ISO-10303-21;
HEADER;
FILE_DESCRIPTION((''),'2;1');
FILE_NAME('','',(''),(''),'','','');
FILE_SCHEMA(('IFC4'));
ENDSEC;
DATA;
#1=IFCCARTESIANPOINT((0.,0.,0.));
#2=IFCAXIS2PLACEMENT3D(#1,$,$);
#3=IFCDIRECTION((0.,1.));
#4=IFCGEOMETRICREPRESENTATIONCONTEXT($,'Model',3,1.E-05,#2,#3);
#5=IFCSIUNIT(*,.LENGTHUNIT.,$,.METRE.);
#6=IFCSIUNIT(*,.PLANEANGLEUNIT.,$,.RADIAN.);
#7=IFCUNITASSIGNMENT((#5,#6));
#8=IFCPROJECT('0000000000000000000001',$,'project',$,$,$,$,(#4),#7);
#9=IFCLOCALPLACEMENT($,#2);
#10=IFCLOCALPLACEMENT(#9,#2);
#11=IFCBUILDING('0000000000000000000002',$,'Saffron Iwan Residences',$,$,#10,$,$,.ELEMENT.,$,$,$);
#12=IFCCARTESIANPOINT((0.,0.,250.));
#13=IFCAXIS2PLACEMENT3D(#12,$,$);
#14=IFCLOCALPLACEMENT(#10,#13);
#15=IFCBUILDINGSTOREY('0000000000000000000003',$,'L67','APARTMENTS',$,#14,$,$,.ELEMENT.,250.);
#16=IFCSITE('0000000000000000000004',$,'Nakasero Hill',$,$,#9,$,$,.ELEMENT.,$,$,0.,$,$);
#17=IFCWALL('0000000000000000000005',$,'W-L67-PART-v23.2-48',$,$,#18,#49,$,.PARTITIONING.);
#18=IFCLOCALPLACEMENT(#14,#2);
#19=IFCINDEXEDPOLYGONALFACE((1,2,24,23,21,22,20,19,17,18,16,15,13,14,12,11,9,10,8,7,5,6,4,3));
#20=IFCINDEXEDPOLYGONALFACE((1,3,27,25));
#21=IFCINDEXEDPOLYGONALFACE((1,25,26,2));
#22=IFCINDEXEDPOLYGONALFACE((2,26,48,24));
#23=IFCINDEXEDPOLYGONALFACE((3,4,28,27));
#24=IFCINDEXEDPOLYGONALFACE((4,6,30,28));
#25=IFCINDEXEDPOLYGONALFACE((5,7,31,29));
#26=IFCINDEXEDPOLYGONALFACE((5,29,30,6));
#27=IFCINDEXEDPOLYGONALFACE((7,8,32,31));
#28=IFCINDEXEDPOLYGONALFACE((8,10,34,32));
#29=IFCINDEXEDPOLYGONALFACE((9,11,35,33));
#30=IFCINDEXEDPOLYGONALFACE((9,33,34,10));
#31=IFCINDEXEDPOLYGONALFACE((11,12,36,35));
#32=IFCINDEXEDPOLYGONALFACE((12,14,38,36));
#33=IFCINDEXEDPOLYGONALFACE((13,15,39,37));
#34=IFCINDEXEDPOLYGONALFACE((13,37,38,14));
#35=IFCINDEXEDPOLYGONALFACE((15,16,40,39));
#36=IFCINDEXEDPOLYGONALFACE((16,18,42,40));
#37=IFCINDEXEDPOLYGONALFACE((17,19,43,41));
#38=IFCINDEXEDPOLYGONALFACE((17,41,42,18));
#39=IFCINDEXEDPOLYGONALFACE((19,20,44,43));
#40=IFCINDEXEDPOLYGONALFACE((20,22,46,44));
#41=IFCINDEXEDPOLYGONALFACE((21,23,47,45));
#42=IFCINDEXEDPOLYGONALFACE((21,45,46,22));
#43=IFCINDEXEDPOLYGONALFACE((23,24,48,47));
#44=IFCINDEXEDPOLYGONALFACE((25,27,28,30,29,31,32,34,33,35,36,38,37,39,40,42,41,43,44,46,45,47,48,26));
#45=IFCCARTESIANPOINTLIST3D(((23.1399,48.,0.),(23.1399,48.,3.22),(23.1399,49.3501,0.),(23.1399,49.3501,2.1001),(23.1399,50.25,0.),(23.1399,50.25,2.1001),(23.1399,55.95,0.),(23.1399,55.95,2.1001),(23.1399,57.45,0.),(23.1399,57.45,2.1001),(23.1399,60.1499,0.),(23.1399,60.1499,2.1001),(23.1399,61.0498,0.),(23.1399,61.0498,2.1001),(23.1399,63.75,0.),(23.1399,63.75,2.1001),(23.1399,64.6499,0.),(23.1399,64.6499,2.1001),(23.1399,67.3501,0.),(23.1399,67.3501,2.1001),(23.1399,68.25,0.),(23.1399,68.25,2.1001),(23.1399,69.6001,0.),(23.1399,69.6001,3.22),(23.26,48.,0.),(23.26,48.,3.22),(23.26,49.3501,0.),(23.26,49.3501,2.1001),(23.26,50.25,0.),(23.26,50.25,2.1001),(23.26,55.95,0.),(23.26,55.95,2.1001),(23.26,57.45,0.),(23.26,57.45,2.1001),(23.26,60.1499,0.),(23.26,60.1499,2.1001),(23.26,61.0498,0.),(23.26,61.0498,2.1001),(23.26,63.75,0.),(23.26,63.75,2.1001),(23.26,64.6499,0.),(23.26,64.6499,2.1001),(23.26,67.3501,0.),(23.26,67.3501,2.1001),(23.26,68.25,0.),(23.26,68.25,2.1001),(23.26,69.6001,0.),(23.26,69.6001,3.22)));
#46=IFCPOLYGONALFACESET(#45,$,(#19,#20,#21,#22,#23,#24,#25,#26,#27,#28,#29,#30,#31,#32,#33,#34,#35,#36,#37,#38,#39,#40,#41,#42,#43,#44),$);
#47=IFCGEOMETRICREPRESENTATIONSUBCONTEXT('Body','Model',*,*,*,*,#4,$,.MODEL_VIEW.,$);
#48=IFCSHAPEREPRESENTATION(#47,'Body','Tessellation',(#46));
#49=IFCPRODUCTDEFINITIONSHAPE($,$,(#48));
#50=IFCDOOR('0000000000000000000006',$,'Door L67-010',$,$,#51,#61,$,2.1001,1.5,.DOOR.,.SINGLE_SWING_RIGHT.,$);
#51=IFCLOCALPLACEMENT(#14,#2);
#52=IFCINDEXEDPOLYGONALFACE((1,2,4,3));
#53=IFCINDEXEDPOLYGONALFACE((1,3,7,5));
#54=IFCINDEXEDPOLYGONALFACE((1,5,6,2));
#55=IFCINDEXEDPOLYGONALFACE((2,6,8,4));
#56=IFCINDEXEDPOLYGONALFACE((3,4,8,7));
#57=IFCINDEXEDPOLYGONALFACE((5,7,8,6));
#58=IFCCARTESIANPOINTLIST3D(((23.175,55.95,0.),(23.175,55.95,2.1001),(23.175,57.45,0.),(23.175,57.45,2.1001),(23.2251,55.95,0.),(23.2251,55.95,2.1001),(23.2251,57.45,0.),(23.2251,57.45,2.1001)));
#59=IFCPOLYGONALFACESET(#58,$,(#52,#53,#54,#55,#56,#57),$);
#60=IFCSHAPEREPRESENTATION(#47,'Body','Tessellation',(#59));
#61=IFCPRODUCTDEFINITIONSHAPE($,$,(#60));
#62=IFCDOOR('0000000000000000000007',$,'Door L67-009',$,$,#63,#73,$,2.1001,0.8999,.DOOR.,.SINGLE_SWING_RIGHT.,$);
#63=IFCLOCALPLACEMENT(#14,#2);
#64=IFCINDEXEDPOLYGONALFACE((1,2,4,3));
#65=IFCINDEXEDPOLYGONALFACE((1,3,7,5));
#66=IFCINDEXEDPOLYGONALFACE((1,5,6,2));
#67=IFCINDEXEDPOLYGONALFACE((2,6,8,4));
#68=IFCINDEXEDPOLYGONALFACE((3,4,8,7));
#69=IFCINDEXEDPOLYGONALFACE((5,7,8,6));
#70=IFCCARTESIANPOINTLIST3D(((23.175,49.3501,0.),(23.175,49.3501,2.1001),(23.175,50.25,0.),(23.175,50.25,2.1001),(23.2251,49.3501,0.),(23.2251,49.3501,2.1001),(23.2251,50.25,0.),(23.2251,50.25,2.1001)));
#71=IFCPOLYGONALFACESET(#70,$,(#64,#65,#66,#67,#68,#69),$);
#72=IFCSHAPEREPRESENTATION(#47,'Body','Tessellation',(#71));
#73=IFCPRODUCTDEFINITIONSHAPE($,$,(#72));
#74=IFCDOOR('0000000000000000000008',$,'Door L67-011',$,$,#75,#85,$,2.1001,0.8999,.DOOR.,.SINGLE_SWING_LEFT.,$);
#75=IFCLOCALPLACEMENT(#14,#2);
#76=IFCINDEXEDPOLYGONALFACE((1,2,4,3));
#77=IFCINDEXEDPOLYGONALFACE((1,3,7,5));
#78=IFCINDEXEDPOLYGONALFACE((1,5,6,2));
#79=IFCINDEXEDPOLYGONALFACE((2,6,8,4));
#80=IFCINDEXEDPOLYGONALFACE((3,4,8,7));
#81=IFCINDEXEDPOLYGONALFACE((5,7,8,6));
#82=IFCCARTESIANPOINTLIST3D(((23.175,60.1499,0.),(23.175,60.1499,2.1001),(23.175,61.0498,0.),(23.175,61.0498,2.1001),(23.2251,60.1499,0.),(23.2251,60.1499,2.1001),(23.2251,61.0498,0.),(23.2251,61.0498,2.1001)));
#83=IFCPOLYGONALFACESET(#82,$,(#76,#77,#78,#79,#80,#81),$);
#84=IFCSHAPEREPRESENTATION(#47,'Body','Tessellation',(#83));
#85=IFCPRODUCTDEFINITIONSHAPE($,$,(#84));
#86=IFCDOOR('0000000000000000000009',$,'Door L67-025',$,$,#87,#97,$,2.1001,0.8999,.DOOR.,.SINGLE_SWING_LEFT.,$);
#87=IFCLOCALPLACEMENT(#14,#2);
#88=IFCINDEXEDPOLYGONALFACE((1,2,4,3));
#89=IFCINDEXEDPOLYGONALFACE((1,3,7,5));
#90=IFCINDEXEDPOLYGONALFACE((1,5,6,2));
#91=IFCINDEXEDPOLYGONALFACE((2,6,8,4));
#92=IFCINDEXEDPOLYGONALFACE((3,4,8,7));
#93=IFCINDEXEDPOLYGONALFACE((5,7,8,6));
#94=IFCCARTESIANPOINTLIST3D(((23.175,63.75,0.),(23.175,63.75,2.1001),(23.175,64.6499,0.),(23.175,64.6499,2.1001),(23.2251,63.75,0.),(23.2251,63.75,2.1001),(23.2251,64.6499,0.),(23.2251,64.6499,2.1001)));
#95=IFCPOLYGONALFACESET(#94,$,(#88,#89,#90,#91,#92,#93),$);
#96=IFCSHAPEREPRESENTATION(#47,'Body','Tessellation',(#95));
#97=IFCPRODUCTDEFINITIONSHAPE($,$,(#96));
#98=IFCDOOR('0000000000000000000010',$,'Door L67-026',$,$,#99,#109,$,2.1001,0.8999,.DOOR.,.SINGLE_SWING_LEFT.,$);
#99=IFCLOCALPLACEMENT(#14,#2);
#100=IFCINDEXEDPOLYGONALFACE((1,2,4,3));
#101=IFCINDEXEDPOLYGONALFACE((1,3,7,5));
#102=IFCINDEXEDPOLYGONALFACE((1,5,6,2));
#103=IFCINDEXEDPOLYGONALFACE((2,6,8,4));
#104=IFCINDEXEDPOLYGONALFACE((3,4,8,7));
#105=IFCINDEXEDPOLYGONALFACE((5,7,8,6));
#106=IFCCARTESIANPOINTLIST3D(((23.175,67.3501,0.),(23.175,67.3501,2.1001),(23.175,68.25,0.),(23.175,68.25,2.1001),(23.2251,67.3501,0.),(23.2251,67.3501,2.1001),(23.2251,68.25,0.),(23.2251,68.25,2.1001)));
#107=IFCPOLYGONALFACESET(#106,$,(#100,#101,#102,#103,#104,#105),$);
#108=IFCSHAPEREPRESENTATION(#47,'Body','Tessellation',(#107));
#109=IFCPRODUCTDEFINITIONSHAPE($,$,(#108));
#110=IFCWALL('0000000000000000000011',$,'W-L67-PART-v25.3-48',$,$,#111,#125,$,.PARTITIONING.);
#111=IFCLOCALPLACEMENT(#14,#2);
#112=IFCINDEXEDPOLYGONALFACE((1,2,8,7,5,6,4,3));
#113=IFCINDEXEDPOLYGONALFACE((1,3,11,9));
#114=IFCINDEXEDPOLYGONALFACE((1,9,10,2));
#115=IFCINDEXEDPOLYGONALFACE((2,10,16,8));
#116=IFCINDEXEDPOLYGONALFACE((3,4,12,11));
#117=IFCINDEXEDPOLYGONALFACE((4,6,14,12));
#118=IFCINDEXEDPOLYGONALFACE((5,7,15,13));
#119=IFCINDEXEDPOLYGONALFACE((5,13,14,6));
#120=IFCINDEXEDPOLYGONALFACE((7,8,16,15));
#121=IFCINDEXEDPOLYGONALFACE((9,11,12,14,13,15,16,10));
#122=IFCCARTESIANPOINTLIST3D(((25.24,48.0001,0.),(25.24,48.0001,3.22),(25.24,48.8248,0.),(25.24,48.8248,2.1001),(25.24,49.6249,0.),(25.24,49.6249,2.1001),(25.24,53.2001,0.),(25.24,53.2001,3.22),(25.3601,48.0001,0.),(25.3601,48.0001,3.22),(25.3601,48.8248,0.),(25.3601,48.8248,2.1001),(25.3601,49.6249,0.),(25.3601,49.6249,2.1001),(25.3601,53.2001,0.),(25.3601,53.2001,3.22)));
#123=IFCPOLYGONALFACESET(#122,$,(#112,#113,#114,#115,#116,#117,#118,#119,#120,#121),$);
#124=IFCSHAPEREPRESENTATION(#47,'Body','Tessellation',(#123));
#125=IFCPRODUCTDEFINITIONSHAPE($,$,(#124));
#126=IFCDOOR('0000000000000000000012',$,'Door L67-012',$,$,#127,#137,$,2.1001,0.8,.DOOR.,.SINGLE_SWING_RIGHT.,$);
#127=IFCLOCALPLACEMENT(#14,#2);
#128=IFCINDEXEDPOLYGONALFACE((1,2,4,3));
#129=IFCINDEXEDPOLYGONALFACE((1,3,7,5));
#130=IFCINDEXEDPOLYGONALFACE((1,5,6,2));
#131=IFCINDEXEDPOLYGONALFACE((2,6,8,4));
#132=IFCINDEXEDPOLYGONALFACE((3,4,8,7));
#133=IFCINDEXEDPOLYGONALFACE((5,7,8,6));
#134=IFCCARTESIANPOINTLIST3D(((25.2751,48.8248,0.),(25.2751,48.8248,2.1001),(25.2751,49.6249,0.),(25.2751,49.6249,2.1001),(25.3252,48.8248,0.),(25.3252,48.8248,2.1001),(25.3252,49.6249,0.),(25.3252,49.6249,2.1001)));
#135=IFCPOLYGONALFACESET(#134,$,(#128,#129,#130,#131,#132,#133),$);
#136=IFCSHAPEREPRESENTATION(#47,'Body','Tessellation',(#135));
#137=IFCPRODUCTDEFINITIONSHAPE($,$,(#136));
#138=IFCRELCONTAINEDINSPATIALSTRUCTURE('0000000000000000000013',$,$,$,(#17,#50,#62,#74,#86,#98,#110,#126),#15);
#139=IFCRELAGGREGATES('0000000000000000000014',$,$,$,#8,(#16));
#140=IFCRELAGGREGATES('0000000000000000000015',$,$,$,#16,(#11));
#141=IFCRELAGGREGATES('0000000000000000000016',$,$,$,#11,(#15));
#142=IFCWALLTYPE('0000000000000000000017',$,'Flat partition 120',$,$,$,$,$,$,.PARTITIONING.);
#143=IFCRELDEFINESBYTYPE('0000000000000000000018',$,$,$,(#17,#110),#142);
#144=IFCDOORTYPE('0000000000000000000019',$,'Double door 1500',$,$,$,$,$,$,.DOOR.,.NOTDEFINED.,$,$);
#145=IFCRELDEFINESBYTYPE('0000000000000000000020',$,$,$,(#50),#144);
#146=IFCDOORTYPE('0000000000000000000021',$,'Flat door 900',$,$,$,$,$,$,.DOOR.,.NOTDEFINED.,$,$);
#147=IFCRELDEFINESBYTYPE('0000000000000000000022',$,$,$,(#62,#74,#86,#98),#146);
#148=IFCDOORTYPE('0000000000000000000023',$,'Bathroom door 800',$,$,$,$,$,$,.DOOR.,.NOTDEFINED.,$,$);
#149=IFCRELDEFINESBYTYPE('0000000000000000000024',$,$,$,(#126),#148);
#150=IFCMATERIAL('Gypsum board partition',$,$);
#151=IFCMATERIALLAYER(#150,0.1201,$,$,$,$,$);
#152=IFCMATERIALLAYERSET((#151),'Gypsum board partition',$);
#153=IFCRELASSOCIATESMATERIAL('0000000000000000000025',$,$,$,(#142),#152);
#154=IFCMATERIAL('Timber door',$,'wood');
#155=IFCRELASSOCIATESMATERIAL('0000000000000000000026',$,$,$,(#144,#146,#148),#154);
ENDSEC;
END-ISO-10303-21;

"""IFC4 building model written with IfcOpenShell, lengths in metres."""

from ifc_helpers import new_model, si_unit, direction, frame, frame_2d, origin, place, context, subcontext, project, spatial, rectangle, extrude, material, layer, layer_set, type_object, element, fill, save


model = new_model("IFC4")

# Units and contexts
model_context = context("Model", 3, precision=1e-05, world=origin(), true_north=direction((0.0, 1.0)))
body_context = subcontext(model_context, "Body", "Model", "MODEL_VIEW")
ifc_project = project(units=[si_unit("LENGTHUNIT", "METRE"), si_unit("PLANEANGLEUNIT", "RADIAN")], contexts=[model_context])

# Site, building, storey
site_placement = place(None, origin())
site = spatial("IfcSite", under=ifc_project, at=site_placement, Name="Nakasero Hill", CompositionType="ELEMENT", RefElevation=0.0)
building_placement = place(site_placement, origin())
building = spatial("IfcBuilding", under=site, at=building_placement, Name="Saffron Iwan Residences", CompositionType="ELEMENT")
storey_placement = place(building_placement, frame((0.0, 0.0, 250.0)))
storey = spatial("IfcBuildingStorey", under=building, at=storey_placement, Name="L67", Description="APARTMENTS", CompositionType="ELEMENT", Elevation=250.0)

# Shared definitions
ifc_material_1 = material(Name="Gypsum board partition")
ifc_layer_1 = layer(ifc_material_1, 0.1201)
ifc_layer_set_1 = layer_set([ifc_layer_1], Name="Gypsum board partition")
wall_type_1 = type_object("IfcWallType", Name="Flat partition 120", PredefinedType="PARTITIONING", material=ifc_layer_set_1)

# Wall, openings, doors
wall_1_placement = place(storey_placement, frame((23.2, 48.0, 0.0), z_axis=(0.0, 0.0, 1.0), x_axis=(0.0, 1.0, 0.0)))
wall_1 = element("IfcWall", 1, at=wall_1_placement, inside=storey, type_object=wall_type_1, Name="W-L67-PART-v23.2-48", PredefinedType="PARTITIONING", context=body_context, shape_type="SweptSolid", body=[
    extrude(rectangle(XDim=21.6001, YDim=0.1201, at=frame_2d((10.8, 0.0))), origin(), (0.0, 0.0, 1.0), 3.22),
])
opening_1_placement = place(wall_1_placement, frame((1.3501, 0.0, 0.0)))
opening_1 = element("IfcOpeningElement", 2, at=opening_1_placement, cuts=wall_1, PredefinedType="OPENING", context=body_context, shape_type="SweptSolid", body=[
    extrude(rectangle(XDim=0.8999, YDim=2.1001, at=frame_2d((0.45, 1.05))), frame((0.0, 0.0701, 0.0), z_axis=(0.0, -1.0, 0.0), x_axis=(1.0, 0.0, 0.0)), (0.0, 0.0, 1.0), 0.1401),
])
opening_2_placement = place(wall_1_placement, frame((7.95, 0.0, 0.0)))
opening_2 = element("IfcOpeningElement", 3, at=opening_2_placement, cuts=wall_1, PredefinedType="OPENING", context=body_context, shape_type="SweptSolid", body=[
    extrude(rectangle(XDim=1.5, YDim=2.1001, at=frame_2d((0.75, 1.05))), frame((0.0, 0.0701, 0.0), z_axis=(0.0, -1.0, 0.0), x_axis=(1.0, 0.0, 0.0)), (0.0, 0.0, 1.0), 0.1401),
])
opening_3_placement = place(wall_1_placement, frame((12.1499, 0.0, 0.0)))
opening_3 = element("IfcOpeningElement", 4, at=opening_3_placement, cuts=wall_1, PredefinedType="OPENING", context=body_context, shape_type="SweptSolid", body=[
    extrude(rectangle(XDim=0.8999, YDim=2.1001, at=frame_2d((0.45, 1.05))), frame((0.0, 0.0701, 0.0), z_axis=(0.0, -1.0, 0.0), x_axis=(1.0, 0.0, 0.0)), (0.0, 0.0, 1.0), 0.1401),
])
opening_4_placement = place(wall_1_placement, frame((15.75, 0.0, 0.0)))
opening_4 = element("IfcOpeningElement", 5, at=opening_4_placement, cuts=wall_1, PredefinedType="OPENING", context=body_context, shape_type="SweptSolid", body=[
    extrude(rectangle(XDim=0.8999, YDim=2.1001, at=frame_2d((0.45, 1.05))), frame((0.0, 0.0701, 0.0), z_axis=(0.0, -1.0, 0.0), x_axis=(1.0, 0.0, 0.0)), (0.0, 0.0, 1.0), 0.1401),
])
opening_5_placement = place(wall_1_placement, frame((19.3501, 0.0, 0.0)))
opening_5 = element("IfcOpeningElement", 6, at=opening_5_placement, cuts=wall_1, PredefinedType="OPENING", context=body_context, shape_type="SweptSolid", body=[
    extrude(rectangle(XDim=0.8999, YDim=2.1001, at=frame_2d((0.45, 1.05))), frame((0.0, 0.0701, 0.0), z_axis=(0.0, -1.0, 0.0), x_axis=(1.0, 0.0, 0.0)), (0.0, 0.0, 1.0), 0.1401),
])
ifc_material_2 = material(Name="Timber door", Category="wood")
door_type_1 = type_object("IfcDoorType", Name="Double door 1500", OperationType="NOTDEFINED", PredefinedType="DOOR", material=ifc_material_2)
door_1_placement = place(opening_2_placement, origin())
door_1 = element("IfcDoor", 7, at=door_1_placement, inside=storey, type_object=door_type_1, Name="Door L67-010", OperationType="SINGLE_SWING_RIGHT", OverallHeight=2.1001, OverallWidth=1.5, PredefinedType="DOOR", context=body_context, shape_type="SweptSolid", body=[
    extrude(rectangle(XDim=1.5, YDim=2.1001, at=frame_2d((0.75, 1.05))), frame((0.0, 0.0249, 0.0), z_axis=(0.0, -1.0, 0.0), x_axis=(1.0, 0.0, 0.0)), (0.0, 0.0, 1.0), 0.05),
])
fill(opening_2, door_1)
door_type_2 = type_object("IfcDoorType", Name="Flat door 900", OperationType="NOTDEFINED", PredefinedType="DOOR", material=ifc_material_2)
door_2_placement = place(opening_1_placement, origin())
door_2 = element("IfcDoor", 8, at=door_2_placement, inside=storey, type_object=door_type_2, Name="Door L67-009", OperationType="SINGLE_SWING_RIGHT", OverallHeight=2.1001, OverallWidth=0.8999, PredefinedType="DOOR", context=body_context, shape_type="SweptSolid", body=[
    extrude(rectangle(XDim=0.8999, YDim=2.1001, at=frame_2d((0.45, 1.05))), frame((0.0, 0.0249, 0.0), z_axis=(0.0, -1.0, 0.0), x_axis=(1.0, 0.0, 0.0)), (0.0, 0.0, 1.0), 0.05),
])
fill(opening_1, door_2)
door_3_placement = place(opening_3_placement, origin())
door_3 = element("IfcDoor", 9, at=door_3_placement, inside=storey, type_object=door_type_2, Name="Door L67-011", OperationType="SINGLE_SWING_LEFT", OverallHeight=2.1001, OverallWidth=0.8999, PredefinedType="DOOR", context=body_context, shape_type="SweptSolid", body=[
    extrude(rectangle(XDim=0.8999, YDim=2.1001, at=frame_2d((0.45, 1.05))), frame((0.0, 0.0249, 0.0), z_axis=(0.0, -1.0, 0.0), x_axis=(1.0, 0.0, 0.0)), (0.0, 0.0, 1.0), 0.05),
])
fill(opening_3, door_3)
door_4_placement = place(opening_4_placement, origin())
door_4 = element("IfcDoor", 10, at=door_4_placement, inside=storey, type_object=door_type_2, Name="Door L67-025", OperationType="SINGLE_SWING_LEFT", OverallHeight=2.1001, OverallWidth=0.8999, PredefinedType="DOOR", context=body_context, shape_type="SweptSolid", body=[
    extrude(rectangle(XDim=0.8999, YDim=2.1001, at=frame_2d((0.45, 1.05))), frame((0.0, 0.0249, 0.0), z_axis=(0.0, -1.0, 0.0), x_axis=(1.0, 0.0, 0.0)), (0.0, 0.0, 1.0), 0.05),
])
fill(opening_4, door_4)
door_5_placement = place(opening_5_placement, origin())
door_5 = element("IfcDoor", 11, at=door_5_placement, inside=storey, type_object=door_type_2, Name="Door L67-026", OperationType="SINGLE_SWING_LEFT", OverallHeight=2.1001, OverallWidth=0.8999, PredefinedType="DOOR", context=body_context, shape_type="SweptSolid", body=[
    extrude(rectangle(XDim=0.8999, YDim=2.1001, at=frame_2d((0.45, 1.05))), frame((0.0, 0.0249, 0.0), z_axis=(0.0, -1.0, 0.0), x_axis=(1.0, 0.0, 0.0)), (0.0, 0.0, 1.0), 0.05),
])
fill(opening_5, door_5)

# Wall, opening, door
wall_2_placement = place(storey_placement, frame((25.3, 48.0, 0.0), z_axis=(0.0, 0.0, 1.0), x_axis=(0.0, 1.0, 0.0)))
wall_2 = element("IfcWall", 12, at=wall_2_placement, inside=storey, type_object=wall_type_1, Name="W-L67-PART-v25.3-48", PredefinedType="PARTITIONING", context=body_context, shape_type="SweptSolid", body=[
    extrude(rectangle(XDim=5.2, YDim=0.1201, at=frame_2d((2.6001, 0.0))), origin(), (0.0, 0.0, 1.0), 3.22),
])
opening_6_placement = place(wall_2_placement, frame((0.825, 0.0, 0.0)))
opening_6 = element("IfcOpeningElement", 13, at=opening_6_placement, cuts=wall_2, PredefinedType="OPENING", context=body_context, shape_type="SweptSolid", body=[
    extrude(rectangle(XDim=0.8, YDim=2.1001, at=frame_2d((0.3999, 1.05))), frame((0.0, 0.0701, 0.0), z_axis=(0.0, -1.0, 0.0), x_axis=(1.0, 0.0, 0.0)), (0.0, 0.0, 1.0), 0.1401),
])
door_type_3 = type_object("IfcDoorType", Name="Bathroom door 800", OperationType="NOTDEFINED", PredefinedType="DOOR", material=ifc_material_2)
door_6_placement = place(opening_6_placement, origin())
door_6 = element("IfcDoor", 14, at=door_6_placement, inside=storey, type_object=door_type_3, Name="Door L67-012", OperationType="SINGLE_SWING_RIGHT", OverallHeight=2.1001, OverallWidth=0.8, PredefinedType="DOOR", context=body_context, shape_type="SweptSolid", body=[
    extrude(rectangle(XDim=0.8, YDim=2.1001, at=frame_2d((0.3999, 1.05))), frame((0.0, 0.0249, 0.0), z_axis=(0.0, -1.0, 0.0), x_axis=(1.0, 0.0, 0.0)), (0.0, 0.0, 1.0), 0.05),
])
fill(opening_6, door_6)

save(model, "model.ifc")
